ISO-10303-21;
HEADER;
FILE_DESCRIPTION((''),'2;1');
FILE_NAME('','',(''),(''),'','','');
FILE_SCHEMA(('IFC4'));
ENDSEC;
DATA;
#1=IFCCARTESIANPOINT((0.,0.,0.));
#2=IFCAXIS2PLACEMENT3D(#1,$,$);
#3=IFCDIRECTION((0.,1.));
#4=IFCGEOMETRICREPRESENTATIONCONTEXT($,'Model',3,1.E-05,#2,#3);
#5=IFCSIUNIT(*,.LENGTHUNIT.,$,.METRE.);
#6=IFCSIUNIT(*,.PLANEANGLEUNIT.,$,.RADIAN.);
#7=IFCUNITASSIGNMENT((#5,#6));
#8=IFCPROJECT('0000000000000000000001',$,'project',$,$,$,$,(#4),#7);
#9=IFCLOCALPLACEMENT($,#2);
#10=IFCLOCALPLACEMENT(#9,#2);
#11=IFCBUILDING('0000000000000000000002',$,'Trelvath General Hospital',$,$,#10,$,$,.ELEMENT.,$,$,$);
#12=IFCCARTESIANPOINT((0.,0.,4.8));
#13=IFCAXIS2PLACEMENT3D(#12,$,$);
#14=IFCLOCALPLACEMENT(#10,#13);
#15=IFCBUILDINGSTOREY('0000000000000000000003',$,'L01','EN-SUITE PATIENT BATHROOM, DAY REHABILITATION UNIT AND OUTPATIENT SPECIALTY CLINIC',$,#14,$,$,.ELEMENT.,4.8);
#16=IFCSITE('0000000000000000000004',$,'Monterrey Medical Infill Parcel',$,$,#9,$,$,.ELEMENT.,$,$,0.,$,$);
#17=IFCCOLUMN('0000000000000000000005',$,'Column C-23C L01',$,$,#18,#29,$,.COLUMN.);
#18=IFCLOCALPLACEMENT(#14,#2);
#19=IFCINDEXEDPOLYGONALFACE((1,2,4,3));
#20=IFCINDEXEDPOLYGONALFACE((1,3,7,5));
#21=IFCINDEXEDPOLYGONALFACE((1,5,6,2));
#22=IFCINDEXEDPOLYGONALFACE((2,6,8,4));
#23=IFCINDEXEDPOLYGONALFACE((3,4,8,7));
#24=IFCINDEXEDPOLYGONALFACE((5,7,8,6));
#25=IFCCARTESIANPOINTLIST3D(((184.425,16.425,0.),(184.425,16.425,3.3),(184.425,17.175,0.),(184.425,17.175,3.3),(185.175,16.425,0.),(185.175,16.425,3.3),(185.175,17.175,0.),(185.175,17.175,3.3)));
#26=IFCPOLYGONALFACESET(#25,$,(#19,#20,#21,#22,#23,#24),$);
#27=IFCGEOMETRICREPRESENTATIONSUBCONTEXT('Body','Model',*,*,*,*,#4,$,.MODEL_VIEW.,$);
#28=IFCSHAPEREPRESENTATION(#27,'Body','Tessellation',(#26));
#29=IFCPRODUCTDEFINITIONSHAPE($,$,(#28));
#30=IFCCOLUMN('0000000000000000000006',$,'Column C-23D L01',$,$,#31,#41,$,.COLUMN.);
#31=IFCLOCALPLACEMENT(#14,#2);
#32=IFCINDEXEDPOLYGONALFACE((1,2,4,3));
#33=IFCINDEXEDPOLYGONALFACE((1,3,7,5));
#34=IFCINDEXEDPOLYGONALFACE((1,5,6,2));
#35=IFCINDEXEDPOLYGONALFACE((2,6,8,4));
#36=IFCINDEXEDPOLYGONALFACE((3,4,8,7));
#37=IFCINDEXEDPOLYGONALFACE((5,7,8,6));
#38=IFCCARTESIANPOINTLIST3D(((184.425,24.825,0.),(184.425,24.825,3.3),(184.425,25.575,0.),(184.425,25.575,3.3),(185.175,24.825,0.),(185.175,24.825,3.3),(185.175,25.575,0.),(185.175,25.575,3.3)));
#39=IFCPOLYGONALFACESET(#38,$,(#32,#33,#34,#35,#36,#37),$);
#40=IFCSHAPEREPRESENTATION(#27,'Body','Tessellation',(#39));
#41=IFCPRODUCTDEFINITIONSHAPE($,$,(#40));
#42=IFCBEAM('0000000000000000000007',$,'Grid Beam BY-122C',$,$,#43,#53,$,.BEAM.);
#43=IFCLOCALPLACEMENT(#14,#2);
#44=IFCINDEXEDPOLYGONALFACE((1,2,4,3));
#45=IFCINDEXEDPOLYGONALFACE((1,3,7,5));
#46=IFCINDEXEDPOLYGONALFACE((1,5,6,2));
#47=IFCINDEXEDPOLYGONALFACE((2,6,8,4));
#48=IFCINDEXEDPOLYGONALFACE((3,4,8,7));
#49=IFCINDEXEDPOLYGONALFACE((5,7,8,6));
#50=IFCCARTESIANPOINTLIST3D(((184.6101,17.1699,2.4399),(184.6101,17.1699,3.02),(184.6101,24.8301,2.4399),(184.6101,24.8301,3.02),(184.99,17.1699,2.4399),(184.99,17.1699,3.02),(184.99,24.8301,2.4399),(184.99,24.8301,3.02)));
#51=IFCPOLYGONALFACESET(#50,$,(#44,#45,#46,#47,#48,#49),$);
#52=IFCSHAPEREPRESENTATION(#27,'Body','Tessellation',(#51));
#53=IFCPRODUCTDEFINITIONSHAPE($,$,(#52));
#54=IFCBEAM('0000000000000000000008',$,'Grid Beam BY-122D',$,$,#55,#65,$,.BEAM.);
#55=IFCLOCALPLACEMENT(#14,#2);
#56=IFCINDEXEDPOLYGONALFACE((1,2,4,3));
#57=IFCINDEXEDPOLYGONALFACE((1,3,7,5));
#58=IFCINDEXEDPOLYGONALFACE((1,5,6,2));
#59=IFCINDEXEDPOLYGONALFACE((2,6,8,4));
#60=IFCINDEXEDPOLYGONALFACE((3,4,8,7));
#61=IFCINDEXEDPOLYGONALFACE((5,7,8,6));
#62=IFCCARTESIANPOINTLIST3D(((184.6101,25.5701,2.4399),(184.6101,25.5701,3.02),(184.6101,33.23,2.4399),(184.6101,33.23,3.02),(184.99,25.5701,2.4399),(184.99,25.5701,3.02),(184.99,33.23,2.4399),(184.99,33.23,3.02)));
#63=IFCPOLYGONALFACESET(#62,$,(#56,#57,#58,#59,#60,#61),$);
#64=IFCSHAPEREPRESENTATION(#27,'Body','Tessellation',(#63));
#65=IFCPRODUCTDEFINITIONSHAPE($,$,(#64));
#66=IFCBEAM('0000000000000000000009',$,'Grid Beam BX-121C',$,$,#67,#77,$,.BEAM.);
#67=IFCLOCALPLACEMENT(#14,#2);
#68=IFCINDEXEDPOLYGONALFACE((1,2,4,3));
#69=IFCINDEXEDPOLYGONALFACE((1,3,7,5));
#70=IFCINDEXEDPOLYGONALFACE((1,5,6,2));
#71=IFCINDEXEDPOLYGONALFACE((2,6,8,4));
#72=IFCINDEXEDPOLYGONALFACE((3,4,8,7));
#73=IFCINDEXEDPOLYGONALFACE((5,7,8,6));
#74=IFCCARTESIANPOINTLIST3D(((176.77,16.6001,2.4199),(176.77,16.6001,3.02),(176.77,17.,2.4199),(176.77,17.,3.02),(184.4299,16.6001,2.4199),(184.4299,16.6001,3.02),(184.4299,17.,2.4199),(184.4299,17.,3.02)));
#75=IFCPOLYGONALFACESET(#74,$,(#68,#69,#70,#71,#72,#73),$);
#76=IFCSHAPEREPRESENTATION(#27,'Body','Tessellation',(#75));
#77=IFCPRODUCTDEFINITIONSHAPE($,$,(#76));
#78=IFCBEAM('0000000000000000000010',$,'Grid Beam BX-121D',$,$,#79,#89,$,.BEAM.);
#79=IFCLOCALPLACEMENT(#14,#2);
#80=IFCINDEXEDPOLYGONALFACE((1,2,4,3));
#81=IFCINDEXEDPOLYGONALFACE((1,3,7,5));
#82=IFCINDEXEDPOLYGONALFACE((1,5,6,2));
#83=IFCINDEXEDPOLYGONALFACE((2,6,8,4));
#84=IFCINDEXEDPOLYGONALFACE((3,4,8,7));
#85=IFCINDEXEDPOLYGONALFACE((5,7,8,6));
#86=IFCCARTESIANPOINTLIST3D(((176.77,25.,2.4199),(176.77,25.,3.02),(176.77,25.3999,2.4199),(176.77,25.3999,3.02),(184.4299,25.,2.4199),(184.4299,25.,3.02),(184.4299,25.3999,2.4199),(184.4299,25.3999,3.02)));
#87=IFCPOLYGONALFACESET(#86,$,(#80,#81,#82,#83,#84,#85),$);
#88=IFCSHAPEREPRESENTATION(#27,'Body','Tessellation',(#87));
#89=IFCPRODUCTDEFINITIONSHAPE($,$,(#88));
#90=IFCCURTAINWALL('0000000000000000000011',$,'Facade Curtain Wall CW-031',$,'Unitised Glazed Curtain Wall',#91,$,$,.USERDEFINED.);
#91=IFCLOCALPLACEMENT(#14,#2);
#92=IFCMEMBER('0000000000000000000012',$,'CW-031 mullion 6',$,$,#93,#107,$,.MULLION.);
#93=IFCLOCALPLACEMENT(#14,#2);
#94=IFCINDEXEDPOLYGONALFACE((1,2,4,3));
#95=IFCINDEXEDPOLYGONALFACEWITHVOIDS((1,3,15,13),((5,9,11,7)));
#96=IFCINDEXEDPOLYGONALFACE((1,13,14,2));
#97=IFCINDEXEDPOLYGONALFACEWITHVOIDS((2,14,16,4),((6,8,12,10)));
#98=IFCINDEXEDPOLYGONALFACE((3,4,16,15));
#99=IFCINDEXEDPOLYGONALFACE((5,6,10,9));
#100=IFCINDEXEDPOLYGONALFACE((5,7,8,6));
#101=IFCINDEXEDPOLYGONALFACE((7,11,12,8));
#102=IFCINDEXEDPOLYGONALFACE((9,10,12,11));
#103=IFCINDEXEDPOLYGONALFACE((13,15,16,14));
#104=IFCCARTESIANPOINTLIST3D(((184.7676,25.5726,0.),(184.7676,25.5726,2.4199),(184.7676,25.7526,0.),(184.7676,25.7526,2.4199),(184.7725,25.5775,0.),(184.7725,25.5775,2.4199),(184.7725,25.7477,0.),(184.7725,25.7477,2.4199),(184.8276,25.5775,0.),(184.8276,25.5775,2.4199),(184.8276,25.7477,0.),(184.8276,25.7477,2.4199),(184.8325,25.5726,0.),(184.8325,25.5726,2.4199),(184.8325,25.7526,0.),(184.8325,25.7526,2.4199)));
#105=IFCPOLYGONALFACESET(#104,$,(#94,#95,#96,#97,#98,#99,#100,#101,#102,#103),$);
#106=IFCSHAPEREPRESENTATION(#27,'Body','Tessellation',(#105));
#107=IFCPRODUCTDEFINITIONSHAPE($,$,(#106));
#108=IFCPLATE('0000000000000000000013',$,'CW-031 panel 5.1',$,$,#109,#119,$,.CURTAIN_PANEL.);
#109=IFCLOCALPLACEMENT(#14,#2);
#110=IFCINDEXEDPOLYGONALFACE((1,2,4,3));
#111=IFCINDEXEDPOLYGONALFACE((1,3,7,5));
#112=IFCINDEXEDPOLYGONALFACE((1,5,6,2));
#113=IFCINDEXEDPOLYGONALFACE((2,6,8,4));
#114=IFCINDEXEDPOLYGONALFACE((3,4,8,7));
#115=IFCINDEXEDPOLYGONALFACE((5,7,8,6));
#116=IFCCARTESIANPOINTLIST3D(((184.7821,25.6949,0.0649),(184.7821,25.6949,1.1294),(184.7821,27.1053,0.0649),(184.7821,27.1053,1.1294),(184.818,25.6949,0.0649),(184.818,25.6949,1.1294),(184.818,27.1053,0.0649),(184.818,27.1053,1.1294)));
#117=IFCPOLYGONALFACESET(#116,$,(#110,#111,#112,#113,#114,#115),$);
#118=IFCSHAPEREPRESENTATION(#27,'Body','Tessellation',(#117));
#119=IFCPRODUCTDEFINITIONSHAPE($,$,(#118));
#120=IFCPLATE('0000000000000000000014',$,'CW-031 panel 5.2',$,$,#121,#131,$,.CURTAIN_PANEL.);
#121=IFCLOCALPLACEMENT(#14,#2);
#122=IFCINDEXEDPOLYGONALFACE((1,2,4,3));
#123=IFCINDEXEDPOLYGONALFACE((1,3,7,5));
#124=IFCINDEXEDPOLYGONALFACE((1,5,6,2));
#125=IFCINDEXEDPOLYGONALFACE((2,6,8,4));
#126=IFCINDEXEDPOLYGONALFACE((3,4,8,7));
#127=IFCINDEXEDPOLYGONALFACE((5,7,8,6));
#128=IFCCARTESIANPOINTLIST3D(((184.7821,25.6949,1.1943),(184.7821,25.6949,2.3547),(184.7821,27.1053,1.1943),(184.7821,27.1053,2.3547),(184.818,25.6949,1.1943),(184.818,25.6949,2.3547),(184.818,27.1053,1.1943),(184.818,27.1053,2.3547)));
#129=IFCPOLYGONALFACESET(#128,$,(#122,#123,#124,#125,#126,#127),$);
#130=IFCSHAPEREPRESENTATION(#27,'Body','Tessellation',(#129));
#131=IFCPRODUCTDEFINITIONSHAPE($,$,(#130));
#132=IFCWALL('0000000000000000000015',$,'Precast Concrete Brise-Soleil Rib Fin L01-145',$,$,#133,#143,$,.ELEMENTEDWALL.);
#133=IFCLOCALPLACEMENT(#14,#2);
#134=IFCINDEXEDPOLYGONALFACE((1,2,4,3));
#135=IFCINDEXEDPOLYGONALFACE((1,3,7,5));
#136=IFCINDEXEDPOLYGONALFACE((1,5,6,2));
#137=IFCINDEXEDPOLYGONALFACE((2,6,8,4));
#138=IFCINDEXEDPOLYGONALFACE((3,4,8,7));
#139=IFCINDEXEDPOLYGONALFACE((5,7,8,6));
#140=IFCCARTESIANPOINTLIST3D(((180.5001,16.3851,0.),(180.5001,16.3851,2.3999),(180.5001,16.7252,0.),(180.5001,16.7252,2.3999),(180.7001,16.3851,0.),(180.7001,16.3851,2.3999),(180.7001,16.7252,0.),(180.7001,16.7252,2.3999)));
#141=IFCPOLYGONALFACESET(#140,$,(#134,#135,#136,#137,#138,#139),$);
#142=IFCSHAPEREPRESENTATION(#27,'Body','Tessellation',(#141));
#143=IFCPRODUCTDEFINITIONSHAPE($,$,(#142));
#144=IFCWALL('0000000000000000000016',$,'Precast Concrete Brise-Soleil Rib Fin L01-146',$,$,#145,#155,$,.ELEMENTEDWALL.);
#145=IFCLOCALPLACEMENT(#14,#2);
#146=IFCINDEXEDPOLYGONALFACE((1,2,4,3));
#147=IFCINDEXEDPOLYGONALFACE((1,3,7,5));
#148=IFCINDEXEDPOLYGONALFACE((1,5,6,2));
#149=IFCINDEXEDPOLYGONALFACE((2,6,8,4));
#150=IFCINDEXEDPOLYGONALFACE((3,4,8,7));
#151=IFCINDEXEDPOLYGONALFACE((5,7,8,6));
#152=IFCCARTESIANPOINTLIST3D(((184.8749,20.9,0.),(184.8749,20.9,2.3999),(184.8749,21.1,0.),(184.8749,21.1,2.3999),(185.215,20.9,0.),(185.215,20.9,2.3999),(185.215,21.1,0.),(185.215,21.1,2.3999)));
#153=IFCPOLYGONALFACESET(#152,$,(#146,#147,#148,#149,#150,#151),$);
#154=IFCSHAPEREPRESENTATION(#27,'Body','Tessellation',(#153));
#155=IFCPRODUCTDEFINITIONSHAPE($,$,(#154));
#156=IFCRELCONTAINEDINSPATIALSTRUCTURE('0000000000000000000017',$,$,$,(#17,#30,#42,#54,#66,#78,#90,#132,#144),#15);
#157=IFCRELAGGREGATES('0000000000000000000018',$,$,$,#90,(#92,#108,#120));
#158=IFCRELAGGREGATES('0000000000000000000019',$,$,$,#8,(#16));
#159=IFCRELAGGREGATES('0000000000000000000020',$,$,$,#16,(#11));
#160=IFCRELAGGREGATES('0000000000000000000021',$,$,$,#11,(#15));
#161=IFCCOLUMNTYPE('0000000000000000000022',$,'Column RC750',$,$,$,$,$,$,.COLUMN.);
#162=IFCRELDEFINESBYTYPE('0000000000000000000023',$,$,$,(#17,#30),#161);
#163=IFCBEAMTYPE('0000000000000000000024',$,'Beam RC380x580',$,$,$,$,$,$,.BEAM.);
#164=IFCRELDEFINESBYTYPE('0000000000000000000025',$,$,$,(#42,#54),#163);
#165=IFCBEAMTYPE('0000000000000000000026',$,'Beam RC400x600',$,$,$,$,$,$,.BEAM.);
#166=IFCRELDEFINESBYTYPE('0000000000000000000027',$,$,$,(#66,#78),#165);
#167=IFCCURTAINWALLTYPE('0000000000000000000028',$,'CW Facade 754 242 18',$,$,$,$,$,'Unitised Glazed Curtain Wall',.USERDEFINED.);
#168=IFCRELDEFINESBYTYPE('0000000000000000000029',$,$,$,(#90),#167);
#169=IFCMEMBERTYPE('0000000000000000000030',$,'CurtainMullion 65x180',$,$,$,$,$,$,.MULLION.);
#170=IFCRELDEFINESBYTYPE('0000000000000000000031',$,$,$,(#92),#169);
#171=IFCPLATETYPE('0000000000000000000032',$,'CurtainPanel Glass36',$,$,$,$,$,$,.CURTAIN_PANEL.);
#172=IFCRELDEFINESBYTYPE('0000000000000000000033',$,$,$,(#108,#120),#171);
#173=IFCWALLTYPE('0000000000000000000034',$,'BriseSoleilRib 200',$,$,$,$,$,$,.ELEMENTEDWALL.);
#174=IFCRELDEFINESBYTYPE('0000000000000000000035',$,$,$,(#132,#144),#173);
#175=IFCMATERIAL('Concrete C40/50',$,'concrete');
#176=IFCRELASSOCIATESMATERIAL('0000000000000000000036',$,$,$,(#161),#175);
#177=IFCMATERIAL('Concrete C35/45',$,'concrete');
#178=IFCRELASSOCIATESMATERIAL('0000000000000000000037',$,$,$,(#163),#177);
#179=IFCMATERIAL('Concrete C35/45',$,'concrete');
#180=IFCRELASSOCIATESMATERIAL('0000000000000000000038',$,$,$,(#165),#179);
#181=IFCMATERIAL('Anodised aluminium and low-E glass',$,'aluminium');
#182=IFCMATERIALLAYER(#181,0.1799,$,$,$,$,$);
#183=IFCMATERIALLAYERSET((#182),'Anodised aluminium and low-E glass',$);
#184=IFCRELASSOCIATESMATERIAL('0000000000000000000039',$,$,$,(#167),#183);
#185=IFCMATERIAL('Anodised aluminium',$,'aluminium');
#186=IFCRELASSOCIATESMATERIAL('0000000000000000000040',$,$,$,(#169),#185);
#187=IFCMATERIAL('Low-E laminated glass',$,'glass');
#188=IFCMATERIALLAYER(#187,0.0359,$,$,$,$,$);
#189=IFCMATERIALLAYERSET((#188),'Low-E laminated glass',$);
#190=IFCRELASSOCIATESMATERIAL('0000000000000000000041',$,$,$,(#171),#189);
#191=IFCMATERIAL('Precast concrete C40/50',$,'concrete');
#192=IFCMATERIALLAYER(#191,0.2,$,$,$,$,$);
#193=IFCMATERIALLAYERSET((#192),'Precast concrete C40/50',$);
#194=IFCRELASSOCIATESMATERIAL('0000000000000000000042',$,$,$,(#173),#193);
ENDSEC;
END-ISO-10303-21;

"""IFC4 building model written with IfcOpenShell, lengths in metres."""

from ifc_helpers import new_model, si_unit, direction, frame, frame_2d, origin, origin_2d, place, context, subcontext, project, spatial, rectangle, hollow_rectangle, extrude, material, layer, layer_set, material_profile, profile_set, type_object, element, aggregate, save


model = new_model("IFC4")

# Units and contexts
model_context = context("Model", 3, precision=1e-05, world=origin(), true_north=direction((0.0, 1.0)))
body_context = subcontext(model_context, "Body", "Model", "MODEL_VIEW")
ifc_project = project(units=[si_unit("LENGTHUNIT", "METRE"), si_unit("PLANEANGLEUNIT", "RADIAN")], contexts=[model_context])

# Site, building, storey
site_placement = place(None, origin())
site = spatial("IfcSite", under=ifc_project, at=site_placement, Name="Monterrey Medical Infill Parcel", CompositionType="ELEMENT", RefElevation=0.0)
building_placement = place(site_placement, origin())
building = spatial("IfcBuilding", under=site, at=building_placement, Name="Trelvath General Hospital", CompositionType="ELEMENT")
storey_placement = place(building_placement, frame((0.0, 0.0, 4.8)))
storey = spatial("IfcBuildingStorey", under=building, at=storey_placement, Name="L01", Description="EN-SUITE PATIENT BATHROOM, DAY REHABILITATION UNIT AND OUTPATIENT SPECIALTY CLINIC", CompositionType="ELEMENT", Elevation=4.8)

# Columns
ifc_material_1 = material(Name="Concrete C40/50", Category="concrete")
ifc_material_profile_1 = material_profile(ifc_material_1, rectangle(XDim=0.75, YDim=0.75, at=origin_2d()), Name="RC750x750")
ifc_profile_set_1 = profile_set([ifc_material_profile_1], Name="Concrete C40/50")
column_type = type_object("IfcColumnType", Name="Column RC750", PredefinedType="COLUMN", material=ifc_profile_set_1)
for number, where, z_axis, x_axis, name in (
    (1, (184.8, 16.8, 0.0), (0.0, 0.0, 1.0), (1.0, 0.0, 0.0), "Column C-23C L01"),
    (2, (184.8, 25.2, 0.0), (0.0, 0.0, 1.0), (1.0, 0.0, 0.0), "Column C-23D L01"),
):
    element("IfcColumn", number, at=place(storey_placement, frame(where, z_axis=z_axis, x_axis=x_axis)), inside=storey, type_object=column_type, Name=name, PredefinedType="COLUMN", context=body_context, shape_type="SweptSolid", body=[
        extrude(rectangle(XDim=0.75, YDim=0.75, at=origin_2d()), origin(), (0.0, 0.0, 1.0), 3.3),
    ])

# Beams
ifc_material_2 = material(Name="Concrete C35/45", Category="concrete")
ifc_material_profile_2 = material_profile(ifc_material_2, rectangle(XDim=0.3799, YDim=0.5801, at=origin_2d()), Name="RCB380x580")
ifc_profile_set_2 = profile_set([ifc_material_profile_2], Name="Concrete C35/45")
beam_type_1 = type_object("IfcBeamType", Name="Beam RC380x580", PredefinedType="BEAM", material=ifc_profile_set_2)
beam_1_placement = place(storey_placement, frame((184.8, 17.1699, 2.73), z_axis=(0.0, 1.0, 0.0), x_axis=(-1.0, 0.0, 0.0)))
element("IfcBeam", 3, at=beam_1_placement, inside=storey, type_object=beam_type_1, Name="Grid Beam BY-122C", PredefinedType="BEAM", context=body_context, shape_type="SweptSolid", body=[
    extrude(rectangle(XDim=0.3799, YDim=0.5801, at=origin_2d()), origin(), (0.0, 0.0, 1.0), 7.6602),
])
beam_2_placement = place(storey_placement, frame((184.8, 25.5701, 2.73), z_axis=(0.0, 1.0, 0.0), x_axis=(-1.0, 0.0, 0.0)))
element("IfcBeam", 4, at=beam_2_placement, inside=storey, type_object=beam_type_1, Name="Grid Beam BY-122D", PredefinedType="BEAM", context=body_context, shape_type="SweptSolid", body=[
    extrude(rectangle(XDim=0.3799, YDim=0.5801, at=origin_2d()), origin(), (0.0, 0.0, 1.0), 7.6599),
])
ifc_material_3 = material(Name="Concrete C35/45", Category="concrete")
ifc_material_profile_3 = material_profile(ifc_material_3, rectangle(XDim=0.3999, YDim=0.6001, at=origin_2d()), Name="RCB400x600")
ifc_profile_set_3 = profile_set([ifc_material_profile_3], Name="Concrete C35/45")
beam_type_2 = type_object("IfcBeamType", Name="Beam RC400x600", PredefinedType="BEAM", material=ifc_profile_set_3)
for number, where, z_axis, x_axis, name in (
    (5, (176.77, 16.8, 2.72), (1.0, 0.0, 0.0), (0.0, 1.0, 0.0), "Grid Beam BX-121C"),
    (6, (176.77, 25.2, 2.72), (1.0, 0.0, 0.0), (0.0, 1.0, 0.0), "Grid Beam BX-121D"),
):
    element("IfcBeam", number, at=place(storey_placement, frame(where, z_axis=z_axis, x_axis=x_axis)), inside=storey, type_object=beam_type_2, Name=name, PredefinedType="BEAM", context=body_context, shape_type="SweptSolid", body=[
        extrude(rectangle(XDim=0.3999, YDim=0.6001, at=origin_2d()), origin(), (0.0, 0.0, 1.0), 7.6599),
    ])

# Curtain wall, member, plates
ifc_material_4 = material(Name="Anodised aluminium and low-E glass", Category="aluminium")
ifc_layer_1 = layer(ifc_material_4, 0.1799)
ifc_layer_set_1 = layer_set([ifc_layer_1], Name="Anodised aluminium and low-E glass")
curtain_wall_type = type_object("IfcCurtainWallType", Name="CW Facade 754 242 18", ElementType="Unitised Glazed Curtain Wall", PredefinedType="USERDEFINED", material=ifc_layer_set_1)
curtain_wall_placement = place(storey_placement, origin())
curtain_wall = element("IfcCurtainWall", 7, at=curtain_wall_placement, inside=storey, type_object=curtain_wall_type, Name="Facade Curtain Wall CW-031", ObjectType="Unitised Glazed Curtain Wall", PredefinedType="USERDEFINED")
ifc_material_5 = material(Name="Anodised aluminium", Category="aluminium")
ifc_material_profile_4 = material_profile(ifc_material_5, hollow_rectangle(XDim=0.0649, YDim=0.1799, WallThickness=0.0049, at=origin_2d()), Name="RHS65x180x5")
ifc_profile_set_4 = profile_set([ifc_material_profile_4], Name="Anodised aluminium")
member_type = type_object("IfcMemberType", Name="CurtainMullion 65x180", PredefinedType="MULLION", material=ifc_profile_set_4)
member_placement = place(storey_placement, frame((184.8, 25.6626, 0.0), z_axis=(0.0, 0.0, 1.0), x_axis=(1.0, 0.0, 0.0)))
member = element("IfcMember", 8, at=member_placement, type_object=member_type, Name="CW-031 mullion 6", PredefinedType="MULLION", context=body_context, shape_type="SweptSolid", body=[
    extrude(hollow_rectangle(XDim=0.0649, YDim=0.1799, WallThickness=0.0049, at=origin_2d()), origin(), (0.0, 0.0, 1.0), 2.4199),
])
ifc_material_6 = material(Name="Low-E laminated glass", Category="glass")
ifc_layer_2 = layer(ifc_material_6, 0.0359)
ifc_layer_set_2 = layer_set([ifc_layer_2], Name="Low-E laminated glass")
plate_type = type_object("IfcPlateType", Name="CurtainPanel Glass36", PredefinedType="CURTAIN_PANEL", material=ifc_layer_set_2)
plate_1_placement = place(storey_placement, frame((184.8, 26.4001, 0.0649), z_axis=(0.0, 0.0, 1.0), x_axis=(0.0, -1.0, 0.0)))
plate_1 = element("IfcPlate", 9, at=plate_1_placement, type_object=plate_type, Name="CW-031 panel 5.1", PredefinedType="CURTAIN_PANEL", context=body_context, shape_type="SweptSolid", body=[
    extrude(rectangle(XDim=1.4104, YDim=0.0359, at=origin_2d()), origin(), (0.0, 0.0, 1.0), 1.0645),
])
plate_2_placement = place(storey_placement, frame((184.8, 26.4001, 1.1943), z_axis=(0.0, 0.0, 1.0), x_axis=(0.0, -1.0, 0.0)))
plate_2 = element("IfcPlate", 10, at=plate_2_placement, type_object=plate_type, Name="CW-031 panel 5.2", PredefinedType="CURTAIN_PANEL", context=body_context, shape_type="SweptSolid", body=[
    extrude(rectangle(XDim=1.4104, YDim=0.0359, at=origin_2d()), origin(), (0.0, 0.0, 1.0), 1.1604),
])
aggregate(curtain_wall, [member, plate_1, plate_2])

# Walls
ifc_material_7 = material(Name="Precast concrete C40/50", Category="concrete")
ifc_layer_3 = layer(ifc_material_7, 0.2)
ifc_layer_set_3 = layer_set([ifc_layer_3], Name="Precast concrete C40/50")
wall_type_1 = type_object("IfcWallType", Name="BriseSoleilRib 200", PredefinedType="ELEMENTEDWALL", material=ifc_layer_set_3)
for number, where, z_axis, x_axis, name in (
    (11, (180.6001, 16.7251, 0.0), (0.0, 0.0, 1.0), (0.0, -1.0, 0.0), "Precast Concrete Brise-Soleil Rib Fin L01-145"),
    (12, (184.875, 21.0, 0.0), (0.0, 0.0, 1.0), (1.0, 0.0, 0.0), "Precast Concrete Brise-Soleil Rib Fin L01-146"),
):
    element("IfcWall", number, at=place(storey_placement, frame(where, z_axis=z_axis, x_axis=x_axis)), inside=storey, type_object=wall_type_1, Name=name, PredefinedType="ELEMENTEDWALL", context=body_context, shape_type="SweptSolid", body=[
        extrude(rectangle(XDim=0.3401, YDim=0.2, at=frame_2d((0.1699, 0.0))), origin(), (0.0, 0.0, 1.0), 2.3999),
    ])

save(model, "model.ifc")
